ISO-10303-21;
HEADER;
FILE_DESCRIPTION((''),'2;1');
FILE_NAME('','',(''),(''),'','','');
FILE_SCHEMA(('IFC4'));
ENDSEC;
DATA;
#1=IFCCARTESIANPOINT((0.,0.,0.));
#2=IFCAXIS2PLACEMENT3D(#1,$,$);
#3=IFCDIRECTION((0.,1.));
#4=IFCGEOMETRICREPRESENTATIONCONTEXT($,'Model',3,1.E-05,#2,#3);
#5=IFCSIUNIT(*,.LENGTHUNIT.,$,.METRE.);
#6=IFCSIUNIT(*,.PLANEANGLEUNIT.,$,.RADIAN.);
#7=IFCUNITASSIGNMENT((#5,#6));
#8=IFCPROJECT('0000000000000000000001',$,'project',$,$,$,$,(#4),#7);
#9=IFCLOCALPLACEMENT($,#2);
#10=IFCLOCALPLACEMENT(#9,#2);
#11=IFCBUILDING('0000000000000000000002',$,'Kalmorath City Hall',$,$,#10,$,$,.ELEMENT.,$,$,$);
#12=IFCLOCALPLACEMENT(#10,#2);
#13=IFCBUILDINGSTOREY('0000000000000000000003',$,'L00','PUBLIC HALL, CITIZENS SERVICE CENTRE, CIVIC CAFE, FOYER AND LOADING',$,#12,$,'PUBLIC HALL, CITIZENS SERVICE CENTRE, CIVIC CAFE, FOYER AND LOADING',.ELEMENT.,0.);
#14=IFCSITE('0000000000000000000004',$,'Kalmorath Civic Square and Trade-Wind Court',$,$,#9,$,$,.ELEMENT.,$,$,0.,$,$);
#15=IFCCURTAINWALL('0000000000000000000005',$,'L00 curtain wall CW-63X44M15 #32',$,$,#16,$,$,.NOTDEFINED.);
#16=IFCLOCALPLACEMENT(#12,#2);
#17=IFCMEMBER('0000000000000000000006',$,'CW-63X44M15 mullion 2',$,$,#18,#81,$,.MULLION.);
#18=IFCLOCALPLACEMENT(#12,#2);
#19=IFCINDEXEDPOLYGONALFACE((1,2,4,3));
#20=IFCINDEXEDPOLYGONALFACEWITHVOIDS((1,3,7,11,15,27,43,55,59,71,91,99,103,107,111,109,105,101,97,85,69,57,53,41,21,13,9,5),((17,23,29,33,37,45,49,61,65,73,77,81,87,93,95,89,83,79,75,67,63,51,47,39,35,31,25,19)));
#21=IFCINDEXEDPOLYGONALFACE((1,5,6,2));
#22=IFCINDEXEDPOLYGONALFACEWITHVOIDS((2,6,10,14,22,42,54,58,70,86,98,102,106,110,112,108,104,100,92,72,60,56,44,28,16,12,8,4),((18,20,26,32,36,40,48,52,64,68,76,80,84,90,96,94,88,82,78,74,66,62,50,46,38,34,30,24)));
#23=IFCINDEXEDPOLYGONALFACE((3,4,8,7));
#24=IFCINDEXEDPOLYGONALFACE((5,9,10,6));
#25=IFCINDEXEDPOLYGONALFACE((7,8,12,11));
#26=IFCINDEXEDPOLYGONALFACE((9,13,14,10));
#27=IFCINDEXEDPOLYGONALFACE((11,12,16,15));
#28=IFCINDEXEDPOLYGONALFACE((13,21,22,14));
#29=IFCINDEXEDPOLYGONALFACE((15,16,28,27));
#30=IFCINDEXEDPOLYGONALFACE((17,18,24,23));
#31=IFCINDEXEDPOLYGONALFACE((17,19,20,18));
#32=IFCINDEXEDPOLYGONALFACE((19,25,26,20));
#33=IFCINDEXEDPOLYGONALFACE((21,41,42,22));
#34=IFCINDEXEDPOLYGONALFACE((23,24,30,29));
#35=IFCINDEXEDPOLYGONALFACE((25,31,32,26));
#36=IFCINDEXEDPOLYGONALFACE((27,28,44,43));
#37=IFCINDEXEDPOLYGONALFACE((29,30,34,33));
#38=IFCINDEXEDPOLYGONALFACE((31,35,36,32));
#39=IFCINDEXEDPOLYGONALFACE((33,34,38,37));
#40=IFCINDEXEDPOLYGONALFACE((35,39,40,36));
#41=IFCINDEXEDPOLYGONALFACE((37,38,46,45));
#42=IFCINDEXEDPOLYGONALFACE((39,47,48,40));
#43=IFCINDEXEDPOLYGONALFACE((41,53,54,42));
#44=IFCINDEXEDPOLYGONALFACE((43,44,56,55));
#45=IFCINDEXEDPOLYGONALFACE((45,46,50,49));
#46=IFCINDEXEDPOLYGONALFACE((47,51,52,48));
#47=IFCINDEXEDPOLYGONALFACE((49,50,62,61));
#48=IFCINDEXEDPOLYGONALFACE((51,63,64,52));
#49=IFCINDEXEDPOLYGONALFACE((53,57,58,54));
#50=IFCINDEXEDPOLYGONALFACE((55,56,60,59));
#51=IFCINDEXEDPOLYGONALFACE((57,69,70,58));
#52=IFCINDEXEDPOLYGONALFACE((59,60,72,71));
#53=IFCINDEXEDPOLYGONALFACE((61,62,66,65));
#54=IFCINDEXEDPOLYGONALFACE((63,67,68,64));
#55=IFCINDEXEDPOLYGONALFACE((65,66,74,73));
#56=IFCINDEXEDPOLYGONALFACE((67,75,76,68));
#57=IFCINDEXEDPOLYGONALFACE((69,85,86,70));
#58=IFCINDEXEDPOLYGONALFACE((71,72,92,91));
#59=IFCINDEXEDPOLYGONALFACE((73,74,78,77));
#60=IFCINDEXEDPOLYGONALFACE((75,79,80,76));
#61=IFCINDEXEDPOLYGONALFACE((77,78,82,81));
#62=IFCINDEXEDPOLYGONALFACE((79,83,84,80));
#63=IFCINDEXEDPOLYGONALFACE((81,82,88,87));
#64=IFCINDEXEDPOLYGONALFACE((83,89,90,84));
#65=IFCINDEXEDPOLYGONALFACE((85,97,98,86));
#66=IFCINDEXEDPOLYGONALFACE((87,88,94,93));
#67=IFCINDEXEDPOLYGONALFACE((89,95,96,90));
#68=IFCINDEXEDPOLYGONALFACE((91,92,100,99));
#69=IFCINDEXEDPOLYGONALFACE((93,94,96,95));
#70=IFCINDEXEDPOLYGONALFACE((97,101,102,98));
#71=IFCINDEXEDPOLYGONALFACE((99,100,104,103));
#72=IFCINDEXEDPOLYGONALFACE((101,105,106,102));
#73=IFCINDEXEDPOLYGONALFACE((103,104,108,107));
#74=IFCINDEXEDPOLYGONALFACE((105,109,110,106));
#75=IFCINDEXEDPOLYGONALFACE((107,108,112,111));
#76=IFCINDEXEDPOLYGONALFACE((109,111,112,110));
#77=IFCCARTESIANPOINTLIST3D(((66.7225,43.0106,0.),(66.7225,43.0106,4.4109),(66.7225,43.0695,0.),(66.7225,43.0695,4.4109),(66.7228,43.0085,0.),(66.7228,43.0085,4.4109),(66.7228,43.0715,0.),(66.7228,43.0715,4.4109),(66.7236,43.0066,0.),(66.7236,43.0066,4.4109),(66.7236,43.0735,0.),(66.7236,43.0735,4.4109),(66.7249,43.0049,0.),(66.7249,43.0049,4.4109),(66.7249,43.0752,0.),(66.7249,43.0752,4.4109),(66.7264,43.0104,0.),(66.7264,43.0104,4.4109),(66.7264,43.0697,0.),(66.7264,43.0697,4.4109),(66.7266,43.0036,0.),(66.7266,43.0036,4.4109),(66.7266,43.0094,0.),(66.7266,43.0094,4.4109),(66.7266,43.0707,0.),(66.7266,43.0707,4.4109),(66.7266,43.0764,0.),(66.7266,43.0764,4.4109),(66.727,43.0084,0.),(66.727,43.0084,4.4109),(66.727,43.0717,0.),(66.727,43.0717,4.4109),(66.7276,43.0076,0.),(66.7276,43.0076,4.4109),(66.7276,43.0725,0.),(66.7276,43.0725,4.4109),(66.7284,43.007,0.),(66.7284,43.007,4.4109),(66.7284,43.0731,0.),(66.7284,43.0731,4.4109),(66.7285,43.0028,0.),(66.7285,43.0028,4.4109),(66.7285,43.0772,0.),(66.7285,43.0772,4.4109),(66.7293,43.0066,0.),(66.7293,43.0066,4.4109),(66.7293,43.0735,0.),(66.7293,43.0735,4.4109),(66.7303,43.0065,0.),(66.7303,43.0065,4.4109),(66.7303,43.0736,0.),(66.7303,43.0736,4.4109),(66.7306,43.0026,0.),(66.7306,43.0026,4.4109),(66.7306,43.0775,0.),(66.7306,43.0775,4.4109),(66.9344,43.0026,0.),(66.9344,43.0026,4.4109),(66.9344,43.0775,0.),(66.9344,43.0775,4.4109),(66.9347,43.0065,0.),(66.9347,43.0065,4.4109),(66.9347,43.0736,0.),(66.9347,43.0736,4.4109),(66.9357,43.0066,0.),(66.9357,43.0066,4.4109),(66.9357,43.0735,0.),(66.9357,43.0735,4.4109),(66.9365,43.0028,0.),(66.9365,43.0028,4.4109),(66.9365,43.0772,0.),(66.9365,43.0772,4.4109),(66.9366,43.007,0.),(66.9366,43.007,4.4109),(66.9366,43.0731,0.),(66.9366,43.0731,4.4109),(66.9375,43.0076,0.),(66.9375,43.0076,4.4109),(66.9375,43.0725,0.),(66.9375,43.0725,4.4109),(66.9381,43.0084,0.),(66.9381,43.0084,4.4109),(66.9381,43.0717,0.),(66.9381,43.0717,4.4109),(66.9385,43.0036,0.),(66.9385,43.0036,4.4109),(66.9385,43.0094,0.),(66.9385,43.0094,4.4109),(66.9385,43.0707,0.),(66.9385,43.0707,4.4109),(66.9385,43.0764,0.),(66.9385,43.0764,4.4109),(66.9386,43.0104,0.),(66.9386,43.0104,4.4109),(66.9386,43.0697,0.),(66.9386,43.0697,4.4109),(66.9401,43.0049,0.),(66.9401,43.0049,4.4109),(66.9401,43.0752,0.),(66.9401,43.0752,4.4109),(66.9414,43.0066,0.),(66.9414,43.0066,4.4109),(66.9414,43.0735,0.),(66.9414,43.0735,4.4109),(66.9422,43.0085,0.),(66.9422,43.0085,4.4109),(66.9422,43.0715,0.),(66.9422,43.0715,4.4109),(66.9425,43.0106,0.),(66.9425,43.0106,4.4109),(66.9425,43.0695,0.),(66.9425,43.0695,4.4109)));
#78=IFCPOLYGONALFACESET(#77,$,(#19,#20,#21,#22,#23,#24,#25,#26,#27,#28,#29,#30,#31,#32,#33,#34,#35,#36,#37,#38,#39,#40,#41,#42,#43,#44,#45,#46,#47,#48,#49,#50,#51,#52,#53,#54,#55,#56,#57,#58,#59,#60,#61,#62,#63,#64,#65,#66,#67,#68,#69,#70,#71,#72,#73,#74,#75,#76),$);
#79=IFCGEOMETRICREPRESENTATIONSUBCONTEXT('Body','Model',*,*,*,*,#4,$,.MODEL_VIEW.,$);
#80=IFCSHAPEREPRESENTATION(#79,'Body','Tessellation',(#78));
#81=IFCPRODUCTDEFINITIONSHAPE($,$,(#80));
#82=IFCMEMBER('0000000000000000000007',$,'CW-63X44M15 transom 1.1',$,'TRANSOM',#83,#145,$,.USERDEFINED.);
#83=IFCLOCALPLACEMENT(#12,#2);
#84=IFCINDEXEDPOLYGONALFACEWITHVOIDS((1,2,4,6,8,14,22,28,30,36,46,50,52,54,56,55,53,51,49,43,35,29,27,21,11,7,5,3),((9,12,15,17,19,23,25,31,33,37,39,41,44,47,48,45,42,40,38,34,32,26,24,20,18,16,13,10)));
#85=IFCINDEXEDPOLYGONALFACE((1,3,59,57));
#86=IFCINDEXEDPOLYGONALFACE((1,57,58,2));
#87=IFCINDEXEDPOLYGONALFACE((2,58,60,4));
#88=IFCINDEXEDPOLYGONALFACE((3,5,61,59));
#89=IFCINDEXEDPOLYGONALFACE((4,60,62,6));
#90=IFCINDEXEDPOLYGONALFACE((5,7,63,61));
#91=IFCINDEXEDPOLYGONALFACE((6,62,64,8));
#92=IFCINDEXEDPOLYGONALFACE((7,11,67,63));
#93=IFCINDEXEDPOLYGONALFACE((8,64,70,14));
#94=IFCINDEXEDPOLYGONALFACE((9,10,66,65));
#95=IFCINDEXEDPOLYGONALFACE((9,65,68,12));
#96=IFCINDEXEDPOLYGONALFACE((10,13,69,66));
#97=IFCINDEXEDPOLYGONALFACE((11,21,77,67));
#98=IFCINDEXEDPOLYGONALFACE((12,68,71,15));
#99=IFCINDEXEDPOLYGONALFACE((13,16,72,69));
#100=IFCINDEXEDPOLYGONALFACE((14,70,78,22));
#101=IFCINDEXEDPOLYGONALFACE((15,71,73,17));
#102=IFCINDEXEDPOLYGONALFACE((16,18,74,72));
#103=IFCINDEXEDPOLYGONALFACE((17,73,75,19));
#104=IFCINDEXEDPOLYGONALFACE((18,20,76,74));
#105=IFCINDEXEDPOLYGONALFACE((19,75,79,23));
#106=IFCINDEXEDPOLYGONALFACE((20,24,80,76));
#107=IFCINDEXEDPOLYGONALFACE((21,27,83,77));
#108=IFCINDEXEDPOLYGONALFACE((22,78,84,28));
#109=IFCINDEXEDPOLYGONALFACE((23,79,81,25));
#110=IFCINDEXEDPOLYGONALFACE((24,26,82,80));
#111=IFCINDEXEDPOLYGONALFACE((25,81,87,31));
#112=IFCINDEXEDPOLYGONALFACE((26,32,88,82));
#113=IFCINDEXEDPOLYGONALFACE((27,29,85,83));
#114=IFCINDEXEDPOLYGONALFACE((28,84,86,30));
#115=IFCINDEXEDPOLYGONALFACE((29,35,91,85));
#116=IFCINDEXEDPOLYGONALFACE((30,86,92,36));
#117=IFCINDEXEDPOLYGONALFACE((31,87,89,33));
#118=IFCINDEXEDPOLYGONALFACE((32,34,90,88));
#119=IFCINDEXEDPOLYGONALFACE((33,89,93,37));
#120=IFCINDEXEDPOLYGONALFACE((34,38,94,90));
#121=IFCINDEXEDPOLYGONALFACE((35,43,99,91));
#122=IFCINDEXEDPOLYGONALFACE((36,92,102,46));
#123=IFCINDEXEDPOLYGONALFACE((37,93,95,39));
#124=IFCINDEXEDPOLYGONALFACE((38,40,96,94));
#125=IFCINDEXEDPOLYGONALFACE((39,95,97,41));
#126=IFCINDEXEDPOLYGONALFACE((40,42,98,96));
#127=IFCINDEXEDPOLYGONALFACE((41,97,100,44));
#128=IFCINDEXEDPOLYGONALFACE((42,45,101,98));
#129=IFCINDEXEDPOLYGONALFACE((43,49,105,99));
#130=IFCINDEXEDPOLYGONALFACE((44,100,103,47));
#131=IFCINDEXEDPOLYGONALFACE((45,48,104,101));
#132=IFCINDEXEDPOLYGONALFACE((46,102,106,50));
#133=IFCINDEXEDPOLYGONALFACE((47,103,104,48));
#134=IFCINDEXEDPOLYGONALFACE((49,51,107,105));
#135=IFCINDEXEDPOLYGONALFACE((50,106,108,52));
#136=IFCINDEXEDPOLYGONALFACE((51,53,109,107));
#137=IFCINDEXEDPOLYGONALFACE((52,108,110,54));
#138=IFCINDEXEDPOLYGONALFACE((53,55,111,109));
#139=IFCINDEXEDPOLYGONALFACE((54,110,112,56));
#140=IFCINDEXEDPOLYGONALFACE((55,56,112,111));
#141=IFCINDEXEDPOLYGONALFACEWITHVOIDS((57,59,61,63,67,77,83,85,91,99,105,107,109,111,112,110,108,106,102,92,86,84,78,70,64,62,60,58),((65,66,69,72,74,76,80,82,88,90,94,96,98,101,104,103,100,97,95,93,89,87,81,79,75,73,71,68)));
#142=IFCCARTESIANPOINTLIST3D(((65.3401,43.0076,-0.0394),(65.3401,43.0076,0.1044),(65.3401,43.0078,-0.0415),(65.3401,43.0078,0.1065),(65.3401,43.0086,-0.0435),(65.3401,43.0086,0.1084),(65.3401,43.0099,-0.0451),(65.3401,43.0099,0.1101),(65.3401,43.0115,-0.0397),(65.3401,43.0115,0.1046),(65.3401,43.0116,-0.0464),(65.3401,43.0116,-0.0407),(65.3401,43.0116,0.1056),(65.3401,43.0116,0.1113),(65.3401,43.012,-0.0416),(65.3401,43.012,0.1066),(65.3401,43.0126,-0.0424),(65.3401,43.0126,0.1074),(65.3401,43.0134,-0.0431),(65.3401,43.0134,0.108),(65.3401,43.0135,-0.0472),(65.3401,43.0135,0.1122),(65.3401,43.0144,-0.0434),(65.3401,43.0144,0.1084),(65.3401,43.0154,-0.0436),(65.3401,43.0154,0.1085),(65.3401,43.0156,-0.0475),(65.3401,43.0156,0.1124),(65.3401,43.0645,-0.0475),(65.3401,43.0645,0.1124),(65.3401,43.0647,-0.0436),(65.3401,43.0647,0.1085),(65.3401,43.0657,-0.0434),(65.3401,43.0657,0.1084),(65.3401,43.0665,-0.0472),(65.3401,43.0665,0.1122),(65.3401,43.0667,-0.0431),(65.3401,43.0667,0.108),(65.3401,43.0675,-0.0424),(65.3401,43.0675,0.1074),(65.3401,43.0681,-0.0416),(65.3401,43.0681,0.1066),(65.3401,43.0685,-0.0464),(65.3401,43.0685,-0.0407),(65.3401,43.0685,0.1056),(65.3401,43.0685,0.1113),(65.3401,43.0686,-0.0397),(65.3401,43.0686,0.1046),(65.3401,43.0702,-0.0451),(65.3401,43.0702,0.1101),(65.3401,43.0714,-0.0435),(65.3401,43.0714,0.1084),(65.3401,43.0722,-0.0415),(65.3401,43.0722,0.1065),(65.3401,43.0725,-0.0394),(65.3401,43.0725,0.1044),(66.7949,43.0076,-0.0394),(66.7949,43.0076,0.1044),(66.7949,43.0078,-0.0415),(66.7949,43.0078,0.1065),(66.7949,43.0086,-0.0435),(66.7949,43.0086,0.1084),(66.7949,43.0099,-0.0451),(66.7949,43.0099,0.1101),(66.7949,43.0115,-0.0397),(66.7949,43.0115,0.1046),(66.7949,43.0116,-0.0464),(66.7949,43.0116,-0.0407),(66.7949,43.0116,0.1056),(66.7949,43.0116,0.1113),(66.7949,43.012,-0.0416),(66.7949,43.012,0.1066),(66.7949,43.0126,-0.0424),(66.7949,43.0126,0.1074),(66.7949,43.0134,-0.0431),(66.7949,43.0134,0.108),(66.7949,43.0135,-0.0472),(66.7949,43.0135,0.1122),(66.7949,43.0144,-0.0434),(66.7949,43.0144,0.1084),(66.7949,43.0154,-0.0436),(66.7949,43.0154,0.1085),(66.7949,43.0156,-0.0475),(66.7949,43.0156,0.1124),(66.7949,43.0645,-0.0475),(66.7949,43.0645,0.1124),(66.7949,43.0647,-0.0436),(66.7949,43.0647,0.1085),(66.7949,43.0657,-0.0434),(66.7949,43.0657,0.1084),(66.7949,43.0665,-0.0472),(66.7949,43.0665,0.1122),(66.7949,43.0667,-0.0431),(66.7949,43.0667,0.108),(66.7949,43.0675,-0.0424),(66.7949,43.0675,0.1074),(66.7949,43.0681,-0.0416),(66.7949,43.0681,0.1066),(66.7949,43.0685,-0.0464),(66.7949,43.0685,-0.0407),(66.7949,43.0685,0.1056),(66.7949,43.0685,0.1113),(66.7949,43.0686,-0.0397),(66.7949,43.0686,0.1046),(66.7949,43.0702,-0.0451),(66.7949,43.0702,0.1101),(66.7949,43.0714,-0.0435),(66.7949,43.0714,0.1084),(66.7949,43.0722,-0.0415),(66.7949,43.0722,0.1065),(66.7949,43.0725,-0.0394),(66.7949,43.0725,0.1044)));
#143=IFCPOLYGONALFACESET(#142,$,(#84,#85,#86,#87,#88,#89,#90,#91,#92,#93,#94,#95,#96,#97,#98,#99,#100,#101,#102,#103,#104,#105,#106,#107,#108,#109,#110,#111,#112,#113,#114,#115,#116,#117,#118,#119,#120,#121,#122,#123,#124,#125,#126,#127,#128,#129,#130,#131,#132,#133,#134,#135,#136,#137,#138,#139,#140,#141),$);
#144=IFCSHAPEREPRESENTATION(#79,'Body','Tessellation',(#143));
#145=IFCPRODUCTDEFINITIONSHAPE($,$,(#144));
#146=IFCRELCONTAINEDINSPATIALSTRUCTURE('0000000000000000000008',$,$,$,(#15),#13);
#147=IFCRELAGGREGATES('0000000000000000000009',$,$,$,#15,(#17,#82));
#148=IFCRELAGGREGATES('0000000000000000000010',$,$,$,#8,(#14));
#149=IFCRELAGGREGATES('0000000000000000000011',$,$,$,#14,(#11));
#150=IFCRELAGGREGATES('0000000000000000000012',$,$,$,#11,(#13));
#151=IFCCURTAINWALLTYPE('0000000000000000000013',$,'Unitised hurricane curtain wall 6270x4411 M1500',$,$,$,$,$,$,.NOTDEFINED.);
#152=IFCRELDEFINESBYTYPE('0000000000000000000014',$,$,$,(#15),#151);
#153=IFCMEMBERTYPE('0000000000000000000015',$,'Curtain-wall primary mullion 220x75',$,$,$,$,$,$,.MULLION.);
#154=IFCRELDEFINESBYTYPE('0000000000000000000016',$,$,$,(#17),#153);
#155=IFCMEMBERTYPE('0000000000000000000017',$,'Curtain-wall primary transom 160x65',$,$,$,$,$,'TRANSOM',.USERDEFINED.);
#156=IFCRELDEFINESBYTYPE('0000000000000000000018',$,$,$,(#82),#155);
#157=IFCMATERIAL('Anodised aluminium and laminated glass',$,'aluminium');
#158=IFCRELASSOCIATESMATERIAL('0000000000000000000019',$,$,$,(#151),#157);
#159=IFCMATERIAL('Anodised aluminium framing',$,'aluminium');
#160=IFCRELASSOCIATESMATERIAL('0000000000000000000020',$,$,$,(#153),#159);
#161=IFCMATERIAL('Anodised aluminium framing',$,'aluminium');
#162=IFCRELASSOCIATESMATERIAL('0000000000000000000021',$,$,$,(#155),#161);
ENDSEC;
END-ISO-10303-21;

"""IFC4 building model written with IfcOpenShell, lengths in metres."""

from ifc_helpers import new_model, si_unit, direction, frame, origin, origin_2d, place, context, subcontext, project, spatial, hollow_rectangle, extrude, material, material_profile, profile_set, type_object, element, aggregate, save


model = new_model("IFC4")

# Units and contexts
model_context = context("Model", 3, precision=1e-05, world=origin(), true_north=direction((0.0, 1.0)))
body_context = subcontext(model_context, "Body", "Model", "MODEL_VIEW")
ifc_project = project(units=[si_unit("LENGTHUNIT", "METRE"), si_unit("PLANEANGLEUNIT", "RADIAN")], contexts=[model_context])

# Site, building, storey
site_placement = place(None, origin())
site = spatial("IfcSite", under=ifc_project, at=site_placement, Name="Kalmorath Civic Square and Trade-Wind Court", CompositionType="ELEMENT", RefElevation=0.0)
building_placement = place(site_placement, origin())
building = spatial("IfcBuilding", under=site, at=building_placement, Name="Kalmorath City Hall", CompositionType="ELEMENT")
storey_placement = place(building_placement, origin())
storey = spatial("IfcBuildingStorey", under=building, at=storey_placement, Name="L00", Description="PUBLIC HALL, CITIZENS SERVICE CENTRE, CIVIC CAFE, FOYER AND LOADING", LongName="PUBLIC HALL, CITIZENS SERVICE CENTRE, CIVIC CAFE, FOYER AND LOADING", CompositionType="ELEMENT", Elevation=0.0)

# Curtain wall, members
ifc_material_1 = material(Name="Anodised aluminium and laminated glass", Category="aluminium")
curtain_wall_type = type_object("IfcCurtainWallType", Name="Unitised hurricane curtain wall 6270x4411 M1500", PredefinedType="NOTDEFINED", material=ifc_material_1)
curtain_wall_placement = place(storey_placement, origin())
curtain_wall = element("IfcCurtainWall", 1, at=curtain_wall_placement, inside=storey, type_object=curtain_wall_type, Name="L00 curtain wall CW-63X44M15 #32", PredefinedType="NOTDEFINED")
ifc_material_2 = material(Name="Anodised aluminium framing", Category="aluminium")
ifc_material_profile_1 = material_profile(ifc_material_2, hollow_rectangle(XDim=0.075, YDim=0.22, WallThickness=0.0039, InnerFilletRadius=0.0039, OuterFilletRadius=0.0081, at=origin_2d()), Name="ALU-MUL-220X75X4")
ifc_profile_set_1 = profile_set([ifc_material_profile_1], Name="Anodised aluminium framing")
member_type_1 = type_object("IfcMemberType", Name="Curtain-wall primary mullion 220x75", PredefinedType="MULLION", material=ifc_profile_set_1)
member_1_placement = place(storey_placement, frame((66.8325, 43.04, 0.0), z_axis=(0.0, 0.0, 1.0), x_axis=(0.0, 1.0, 0.0)))
member_1 = element("IfcMember", 2, at=member_1_placement, type_object=member_type_1, Name="CW-63X44M15 mullion 2", PredefinedType="MULLION", context=body_context, shape_type="SweptSolid", body=[
    extrude(hollow_rectangle(XDim=0.075, YDim=0.22, WallThickness=0.0039, InnerFilletRadius=0.0039, OuterFilletRadius=0.0081, at=origin_2d()), origin(), (0.0, 0.0, 1.0), 4.4109),
])
ifc_material_3 = material(Name="Anodised aluminium framing", Category="aluminium")
ifc_material_profile_2 = material_profile(ifc_material_3, hollow_rectangle(XDim=0.0649, YDim=0.1599, WallThickness=0.0039, InnerFilletRadius=0.0039, OuterFilletRadius=0.0081, at=origin_2d()), Name="ALU-TRN-160X65X4")
ifc_profile_set_2 = profile_set([ifc_material_profile_2], Name="Anodised aluminium framing")
member_type_2 = type_object("IfcMemberType", Name="Curtain-wall primary transom 160x65", ElementType="TRANSOM", PredefinedType="USERDEFINED", material=ifc_profile_set_2)
member_2_placement = place(storey_placement, frame((65.3401, 43.04, 0.0325), z_axis=(1.0, 0.0, 0.0), x_axis=(0.0, 1.0, 0.0)))
member_2 = element("IfcMember", 3, at=member_2_placement, type_object=member_type_2, Name="CW-63X44M15 transom 1.1", ObjectType="TRANSOM", PredefinedType="USERDEFINED", context=body_context, shape_type="SweptSolid", body=[
    extrude(hollow_rectangle(XDim=0.0649, YDim=0.1599, WallThickness=0.0039, InnerFilletRadius=0.0039, OuterFilletRadius=0.0081, at=origin_2d()), origin(), (0.0, 0.0, 1.0), 1.4548),
])

aggregate(curtain_wall, [member_1, member_2])

save(model, "model.ifc")
